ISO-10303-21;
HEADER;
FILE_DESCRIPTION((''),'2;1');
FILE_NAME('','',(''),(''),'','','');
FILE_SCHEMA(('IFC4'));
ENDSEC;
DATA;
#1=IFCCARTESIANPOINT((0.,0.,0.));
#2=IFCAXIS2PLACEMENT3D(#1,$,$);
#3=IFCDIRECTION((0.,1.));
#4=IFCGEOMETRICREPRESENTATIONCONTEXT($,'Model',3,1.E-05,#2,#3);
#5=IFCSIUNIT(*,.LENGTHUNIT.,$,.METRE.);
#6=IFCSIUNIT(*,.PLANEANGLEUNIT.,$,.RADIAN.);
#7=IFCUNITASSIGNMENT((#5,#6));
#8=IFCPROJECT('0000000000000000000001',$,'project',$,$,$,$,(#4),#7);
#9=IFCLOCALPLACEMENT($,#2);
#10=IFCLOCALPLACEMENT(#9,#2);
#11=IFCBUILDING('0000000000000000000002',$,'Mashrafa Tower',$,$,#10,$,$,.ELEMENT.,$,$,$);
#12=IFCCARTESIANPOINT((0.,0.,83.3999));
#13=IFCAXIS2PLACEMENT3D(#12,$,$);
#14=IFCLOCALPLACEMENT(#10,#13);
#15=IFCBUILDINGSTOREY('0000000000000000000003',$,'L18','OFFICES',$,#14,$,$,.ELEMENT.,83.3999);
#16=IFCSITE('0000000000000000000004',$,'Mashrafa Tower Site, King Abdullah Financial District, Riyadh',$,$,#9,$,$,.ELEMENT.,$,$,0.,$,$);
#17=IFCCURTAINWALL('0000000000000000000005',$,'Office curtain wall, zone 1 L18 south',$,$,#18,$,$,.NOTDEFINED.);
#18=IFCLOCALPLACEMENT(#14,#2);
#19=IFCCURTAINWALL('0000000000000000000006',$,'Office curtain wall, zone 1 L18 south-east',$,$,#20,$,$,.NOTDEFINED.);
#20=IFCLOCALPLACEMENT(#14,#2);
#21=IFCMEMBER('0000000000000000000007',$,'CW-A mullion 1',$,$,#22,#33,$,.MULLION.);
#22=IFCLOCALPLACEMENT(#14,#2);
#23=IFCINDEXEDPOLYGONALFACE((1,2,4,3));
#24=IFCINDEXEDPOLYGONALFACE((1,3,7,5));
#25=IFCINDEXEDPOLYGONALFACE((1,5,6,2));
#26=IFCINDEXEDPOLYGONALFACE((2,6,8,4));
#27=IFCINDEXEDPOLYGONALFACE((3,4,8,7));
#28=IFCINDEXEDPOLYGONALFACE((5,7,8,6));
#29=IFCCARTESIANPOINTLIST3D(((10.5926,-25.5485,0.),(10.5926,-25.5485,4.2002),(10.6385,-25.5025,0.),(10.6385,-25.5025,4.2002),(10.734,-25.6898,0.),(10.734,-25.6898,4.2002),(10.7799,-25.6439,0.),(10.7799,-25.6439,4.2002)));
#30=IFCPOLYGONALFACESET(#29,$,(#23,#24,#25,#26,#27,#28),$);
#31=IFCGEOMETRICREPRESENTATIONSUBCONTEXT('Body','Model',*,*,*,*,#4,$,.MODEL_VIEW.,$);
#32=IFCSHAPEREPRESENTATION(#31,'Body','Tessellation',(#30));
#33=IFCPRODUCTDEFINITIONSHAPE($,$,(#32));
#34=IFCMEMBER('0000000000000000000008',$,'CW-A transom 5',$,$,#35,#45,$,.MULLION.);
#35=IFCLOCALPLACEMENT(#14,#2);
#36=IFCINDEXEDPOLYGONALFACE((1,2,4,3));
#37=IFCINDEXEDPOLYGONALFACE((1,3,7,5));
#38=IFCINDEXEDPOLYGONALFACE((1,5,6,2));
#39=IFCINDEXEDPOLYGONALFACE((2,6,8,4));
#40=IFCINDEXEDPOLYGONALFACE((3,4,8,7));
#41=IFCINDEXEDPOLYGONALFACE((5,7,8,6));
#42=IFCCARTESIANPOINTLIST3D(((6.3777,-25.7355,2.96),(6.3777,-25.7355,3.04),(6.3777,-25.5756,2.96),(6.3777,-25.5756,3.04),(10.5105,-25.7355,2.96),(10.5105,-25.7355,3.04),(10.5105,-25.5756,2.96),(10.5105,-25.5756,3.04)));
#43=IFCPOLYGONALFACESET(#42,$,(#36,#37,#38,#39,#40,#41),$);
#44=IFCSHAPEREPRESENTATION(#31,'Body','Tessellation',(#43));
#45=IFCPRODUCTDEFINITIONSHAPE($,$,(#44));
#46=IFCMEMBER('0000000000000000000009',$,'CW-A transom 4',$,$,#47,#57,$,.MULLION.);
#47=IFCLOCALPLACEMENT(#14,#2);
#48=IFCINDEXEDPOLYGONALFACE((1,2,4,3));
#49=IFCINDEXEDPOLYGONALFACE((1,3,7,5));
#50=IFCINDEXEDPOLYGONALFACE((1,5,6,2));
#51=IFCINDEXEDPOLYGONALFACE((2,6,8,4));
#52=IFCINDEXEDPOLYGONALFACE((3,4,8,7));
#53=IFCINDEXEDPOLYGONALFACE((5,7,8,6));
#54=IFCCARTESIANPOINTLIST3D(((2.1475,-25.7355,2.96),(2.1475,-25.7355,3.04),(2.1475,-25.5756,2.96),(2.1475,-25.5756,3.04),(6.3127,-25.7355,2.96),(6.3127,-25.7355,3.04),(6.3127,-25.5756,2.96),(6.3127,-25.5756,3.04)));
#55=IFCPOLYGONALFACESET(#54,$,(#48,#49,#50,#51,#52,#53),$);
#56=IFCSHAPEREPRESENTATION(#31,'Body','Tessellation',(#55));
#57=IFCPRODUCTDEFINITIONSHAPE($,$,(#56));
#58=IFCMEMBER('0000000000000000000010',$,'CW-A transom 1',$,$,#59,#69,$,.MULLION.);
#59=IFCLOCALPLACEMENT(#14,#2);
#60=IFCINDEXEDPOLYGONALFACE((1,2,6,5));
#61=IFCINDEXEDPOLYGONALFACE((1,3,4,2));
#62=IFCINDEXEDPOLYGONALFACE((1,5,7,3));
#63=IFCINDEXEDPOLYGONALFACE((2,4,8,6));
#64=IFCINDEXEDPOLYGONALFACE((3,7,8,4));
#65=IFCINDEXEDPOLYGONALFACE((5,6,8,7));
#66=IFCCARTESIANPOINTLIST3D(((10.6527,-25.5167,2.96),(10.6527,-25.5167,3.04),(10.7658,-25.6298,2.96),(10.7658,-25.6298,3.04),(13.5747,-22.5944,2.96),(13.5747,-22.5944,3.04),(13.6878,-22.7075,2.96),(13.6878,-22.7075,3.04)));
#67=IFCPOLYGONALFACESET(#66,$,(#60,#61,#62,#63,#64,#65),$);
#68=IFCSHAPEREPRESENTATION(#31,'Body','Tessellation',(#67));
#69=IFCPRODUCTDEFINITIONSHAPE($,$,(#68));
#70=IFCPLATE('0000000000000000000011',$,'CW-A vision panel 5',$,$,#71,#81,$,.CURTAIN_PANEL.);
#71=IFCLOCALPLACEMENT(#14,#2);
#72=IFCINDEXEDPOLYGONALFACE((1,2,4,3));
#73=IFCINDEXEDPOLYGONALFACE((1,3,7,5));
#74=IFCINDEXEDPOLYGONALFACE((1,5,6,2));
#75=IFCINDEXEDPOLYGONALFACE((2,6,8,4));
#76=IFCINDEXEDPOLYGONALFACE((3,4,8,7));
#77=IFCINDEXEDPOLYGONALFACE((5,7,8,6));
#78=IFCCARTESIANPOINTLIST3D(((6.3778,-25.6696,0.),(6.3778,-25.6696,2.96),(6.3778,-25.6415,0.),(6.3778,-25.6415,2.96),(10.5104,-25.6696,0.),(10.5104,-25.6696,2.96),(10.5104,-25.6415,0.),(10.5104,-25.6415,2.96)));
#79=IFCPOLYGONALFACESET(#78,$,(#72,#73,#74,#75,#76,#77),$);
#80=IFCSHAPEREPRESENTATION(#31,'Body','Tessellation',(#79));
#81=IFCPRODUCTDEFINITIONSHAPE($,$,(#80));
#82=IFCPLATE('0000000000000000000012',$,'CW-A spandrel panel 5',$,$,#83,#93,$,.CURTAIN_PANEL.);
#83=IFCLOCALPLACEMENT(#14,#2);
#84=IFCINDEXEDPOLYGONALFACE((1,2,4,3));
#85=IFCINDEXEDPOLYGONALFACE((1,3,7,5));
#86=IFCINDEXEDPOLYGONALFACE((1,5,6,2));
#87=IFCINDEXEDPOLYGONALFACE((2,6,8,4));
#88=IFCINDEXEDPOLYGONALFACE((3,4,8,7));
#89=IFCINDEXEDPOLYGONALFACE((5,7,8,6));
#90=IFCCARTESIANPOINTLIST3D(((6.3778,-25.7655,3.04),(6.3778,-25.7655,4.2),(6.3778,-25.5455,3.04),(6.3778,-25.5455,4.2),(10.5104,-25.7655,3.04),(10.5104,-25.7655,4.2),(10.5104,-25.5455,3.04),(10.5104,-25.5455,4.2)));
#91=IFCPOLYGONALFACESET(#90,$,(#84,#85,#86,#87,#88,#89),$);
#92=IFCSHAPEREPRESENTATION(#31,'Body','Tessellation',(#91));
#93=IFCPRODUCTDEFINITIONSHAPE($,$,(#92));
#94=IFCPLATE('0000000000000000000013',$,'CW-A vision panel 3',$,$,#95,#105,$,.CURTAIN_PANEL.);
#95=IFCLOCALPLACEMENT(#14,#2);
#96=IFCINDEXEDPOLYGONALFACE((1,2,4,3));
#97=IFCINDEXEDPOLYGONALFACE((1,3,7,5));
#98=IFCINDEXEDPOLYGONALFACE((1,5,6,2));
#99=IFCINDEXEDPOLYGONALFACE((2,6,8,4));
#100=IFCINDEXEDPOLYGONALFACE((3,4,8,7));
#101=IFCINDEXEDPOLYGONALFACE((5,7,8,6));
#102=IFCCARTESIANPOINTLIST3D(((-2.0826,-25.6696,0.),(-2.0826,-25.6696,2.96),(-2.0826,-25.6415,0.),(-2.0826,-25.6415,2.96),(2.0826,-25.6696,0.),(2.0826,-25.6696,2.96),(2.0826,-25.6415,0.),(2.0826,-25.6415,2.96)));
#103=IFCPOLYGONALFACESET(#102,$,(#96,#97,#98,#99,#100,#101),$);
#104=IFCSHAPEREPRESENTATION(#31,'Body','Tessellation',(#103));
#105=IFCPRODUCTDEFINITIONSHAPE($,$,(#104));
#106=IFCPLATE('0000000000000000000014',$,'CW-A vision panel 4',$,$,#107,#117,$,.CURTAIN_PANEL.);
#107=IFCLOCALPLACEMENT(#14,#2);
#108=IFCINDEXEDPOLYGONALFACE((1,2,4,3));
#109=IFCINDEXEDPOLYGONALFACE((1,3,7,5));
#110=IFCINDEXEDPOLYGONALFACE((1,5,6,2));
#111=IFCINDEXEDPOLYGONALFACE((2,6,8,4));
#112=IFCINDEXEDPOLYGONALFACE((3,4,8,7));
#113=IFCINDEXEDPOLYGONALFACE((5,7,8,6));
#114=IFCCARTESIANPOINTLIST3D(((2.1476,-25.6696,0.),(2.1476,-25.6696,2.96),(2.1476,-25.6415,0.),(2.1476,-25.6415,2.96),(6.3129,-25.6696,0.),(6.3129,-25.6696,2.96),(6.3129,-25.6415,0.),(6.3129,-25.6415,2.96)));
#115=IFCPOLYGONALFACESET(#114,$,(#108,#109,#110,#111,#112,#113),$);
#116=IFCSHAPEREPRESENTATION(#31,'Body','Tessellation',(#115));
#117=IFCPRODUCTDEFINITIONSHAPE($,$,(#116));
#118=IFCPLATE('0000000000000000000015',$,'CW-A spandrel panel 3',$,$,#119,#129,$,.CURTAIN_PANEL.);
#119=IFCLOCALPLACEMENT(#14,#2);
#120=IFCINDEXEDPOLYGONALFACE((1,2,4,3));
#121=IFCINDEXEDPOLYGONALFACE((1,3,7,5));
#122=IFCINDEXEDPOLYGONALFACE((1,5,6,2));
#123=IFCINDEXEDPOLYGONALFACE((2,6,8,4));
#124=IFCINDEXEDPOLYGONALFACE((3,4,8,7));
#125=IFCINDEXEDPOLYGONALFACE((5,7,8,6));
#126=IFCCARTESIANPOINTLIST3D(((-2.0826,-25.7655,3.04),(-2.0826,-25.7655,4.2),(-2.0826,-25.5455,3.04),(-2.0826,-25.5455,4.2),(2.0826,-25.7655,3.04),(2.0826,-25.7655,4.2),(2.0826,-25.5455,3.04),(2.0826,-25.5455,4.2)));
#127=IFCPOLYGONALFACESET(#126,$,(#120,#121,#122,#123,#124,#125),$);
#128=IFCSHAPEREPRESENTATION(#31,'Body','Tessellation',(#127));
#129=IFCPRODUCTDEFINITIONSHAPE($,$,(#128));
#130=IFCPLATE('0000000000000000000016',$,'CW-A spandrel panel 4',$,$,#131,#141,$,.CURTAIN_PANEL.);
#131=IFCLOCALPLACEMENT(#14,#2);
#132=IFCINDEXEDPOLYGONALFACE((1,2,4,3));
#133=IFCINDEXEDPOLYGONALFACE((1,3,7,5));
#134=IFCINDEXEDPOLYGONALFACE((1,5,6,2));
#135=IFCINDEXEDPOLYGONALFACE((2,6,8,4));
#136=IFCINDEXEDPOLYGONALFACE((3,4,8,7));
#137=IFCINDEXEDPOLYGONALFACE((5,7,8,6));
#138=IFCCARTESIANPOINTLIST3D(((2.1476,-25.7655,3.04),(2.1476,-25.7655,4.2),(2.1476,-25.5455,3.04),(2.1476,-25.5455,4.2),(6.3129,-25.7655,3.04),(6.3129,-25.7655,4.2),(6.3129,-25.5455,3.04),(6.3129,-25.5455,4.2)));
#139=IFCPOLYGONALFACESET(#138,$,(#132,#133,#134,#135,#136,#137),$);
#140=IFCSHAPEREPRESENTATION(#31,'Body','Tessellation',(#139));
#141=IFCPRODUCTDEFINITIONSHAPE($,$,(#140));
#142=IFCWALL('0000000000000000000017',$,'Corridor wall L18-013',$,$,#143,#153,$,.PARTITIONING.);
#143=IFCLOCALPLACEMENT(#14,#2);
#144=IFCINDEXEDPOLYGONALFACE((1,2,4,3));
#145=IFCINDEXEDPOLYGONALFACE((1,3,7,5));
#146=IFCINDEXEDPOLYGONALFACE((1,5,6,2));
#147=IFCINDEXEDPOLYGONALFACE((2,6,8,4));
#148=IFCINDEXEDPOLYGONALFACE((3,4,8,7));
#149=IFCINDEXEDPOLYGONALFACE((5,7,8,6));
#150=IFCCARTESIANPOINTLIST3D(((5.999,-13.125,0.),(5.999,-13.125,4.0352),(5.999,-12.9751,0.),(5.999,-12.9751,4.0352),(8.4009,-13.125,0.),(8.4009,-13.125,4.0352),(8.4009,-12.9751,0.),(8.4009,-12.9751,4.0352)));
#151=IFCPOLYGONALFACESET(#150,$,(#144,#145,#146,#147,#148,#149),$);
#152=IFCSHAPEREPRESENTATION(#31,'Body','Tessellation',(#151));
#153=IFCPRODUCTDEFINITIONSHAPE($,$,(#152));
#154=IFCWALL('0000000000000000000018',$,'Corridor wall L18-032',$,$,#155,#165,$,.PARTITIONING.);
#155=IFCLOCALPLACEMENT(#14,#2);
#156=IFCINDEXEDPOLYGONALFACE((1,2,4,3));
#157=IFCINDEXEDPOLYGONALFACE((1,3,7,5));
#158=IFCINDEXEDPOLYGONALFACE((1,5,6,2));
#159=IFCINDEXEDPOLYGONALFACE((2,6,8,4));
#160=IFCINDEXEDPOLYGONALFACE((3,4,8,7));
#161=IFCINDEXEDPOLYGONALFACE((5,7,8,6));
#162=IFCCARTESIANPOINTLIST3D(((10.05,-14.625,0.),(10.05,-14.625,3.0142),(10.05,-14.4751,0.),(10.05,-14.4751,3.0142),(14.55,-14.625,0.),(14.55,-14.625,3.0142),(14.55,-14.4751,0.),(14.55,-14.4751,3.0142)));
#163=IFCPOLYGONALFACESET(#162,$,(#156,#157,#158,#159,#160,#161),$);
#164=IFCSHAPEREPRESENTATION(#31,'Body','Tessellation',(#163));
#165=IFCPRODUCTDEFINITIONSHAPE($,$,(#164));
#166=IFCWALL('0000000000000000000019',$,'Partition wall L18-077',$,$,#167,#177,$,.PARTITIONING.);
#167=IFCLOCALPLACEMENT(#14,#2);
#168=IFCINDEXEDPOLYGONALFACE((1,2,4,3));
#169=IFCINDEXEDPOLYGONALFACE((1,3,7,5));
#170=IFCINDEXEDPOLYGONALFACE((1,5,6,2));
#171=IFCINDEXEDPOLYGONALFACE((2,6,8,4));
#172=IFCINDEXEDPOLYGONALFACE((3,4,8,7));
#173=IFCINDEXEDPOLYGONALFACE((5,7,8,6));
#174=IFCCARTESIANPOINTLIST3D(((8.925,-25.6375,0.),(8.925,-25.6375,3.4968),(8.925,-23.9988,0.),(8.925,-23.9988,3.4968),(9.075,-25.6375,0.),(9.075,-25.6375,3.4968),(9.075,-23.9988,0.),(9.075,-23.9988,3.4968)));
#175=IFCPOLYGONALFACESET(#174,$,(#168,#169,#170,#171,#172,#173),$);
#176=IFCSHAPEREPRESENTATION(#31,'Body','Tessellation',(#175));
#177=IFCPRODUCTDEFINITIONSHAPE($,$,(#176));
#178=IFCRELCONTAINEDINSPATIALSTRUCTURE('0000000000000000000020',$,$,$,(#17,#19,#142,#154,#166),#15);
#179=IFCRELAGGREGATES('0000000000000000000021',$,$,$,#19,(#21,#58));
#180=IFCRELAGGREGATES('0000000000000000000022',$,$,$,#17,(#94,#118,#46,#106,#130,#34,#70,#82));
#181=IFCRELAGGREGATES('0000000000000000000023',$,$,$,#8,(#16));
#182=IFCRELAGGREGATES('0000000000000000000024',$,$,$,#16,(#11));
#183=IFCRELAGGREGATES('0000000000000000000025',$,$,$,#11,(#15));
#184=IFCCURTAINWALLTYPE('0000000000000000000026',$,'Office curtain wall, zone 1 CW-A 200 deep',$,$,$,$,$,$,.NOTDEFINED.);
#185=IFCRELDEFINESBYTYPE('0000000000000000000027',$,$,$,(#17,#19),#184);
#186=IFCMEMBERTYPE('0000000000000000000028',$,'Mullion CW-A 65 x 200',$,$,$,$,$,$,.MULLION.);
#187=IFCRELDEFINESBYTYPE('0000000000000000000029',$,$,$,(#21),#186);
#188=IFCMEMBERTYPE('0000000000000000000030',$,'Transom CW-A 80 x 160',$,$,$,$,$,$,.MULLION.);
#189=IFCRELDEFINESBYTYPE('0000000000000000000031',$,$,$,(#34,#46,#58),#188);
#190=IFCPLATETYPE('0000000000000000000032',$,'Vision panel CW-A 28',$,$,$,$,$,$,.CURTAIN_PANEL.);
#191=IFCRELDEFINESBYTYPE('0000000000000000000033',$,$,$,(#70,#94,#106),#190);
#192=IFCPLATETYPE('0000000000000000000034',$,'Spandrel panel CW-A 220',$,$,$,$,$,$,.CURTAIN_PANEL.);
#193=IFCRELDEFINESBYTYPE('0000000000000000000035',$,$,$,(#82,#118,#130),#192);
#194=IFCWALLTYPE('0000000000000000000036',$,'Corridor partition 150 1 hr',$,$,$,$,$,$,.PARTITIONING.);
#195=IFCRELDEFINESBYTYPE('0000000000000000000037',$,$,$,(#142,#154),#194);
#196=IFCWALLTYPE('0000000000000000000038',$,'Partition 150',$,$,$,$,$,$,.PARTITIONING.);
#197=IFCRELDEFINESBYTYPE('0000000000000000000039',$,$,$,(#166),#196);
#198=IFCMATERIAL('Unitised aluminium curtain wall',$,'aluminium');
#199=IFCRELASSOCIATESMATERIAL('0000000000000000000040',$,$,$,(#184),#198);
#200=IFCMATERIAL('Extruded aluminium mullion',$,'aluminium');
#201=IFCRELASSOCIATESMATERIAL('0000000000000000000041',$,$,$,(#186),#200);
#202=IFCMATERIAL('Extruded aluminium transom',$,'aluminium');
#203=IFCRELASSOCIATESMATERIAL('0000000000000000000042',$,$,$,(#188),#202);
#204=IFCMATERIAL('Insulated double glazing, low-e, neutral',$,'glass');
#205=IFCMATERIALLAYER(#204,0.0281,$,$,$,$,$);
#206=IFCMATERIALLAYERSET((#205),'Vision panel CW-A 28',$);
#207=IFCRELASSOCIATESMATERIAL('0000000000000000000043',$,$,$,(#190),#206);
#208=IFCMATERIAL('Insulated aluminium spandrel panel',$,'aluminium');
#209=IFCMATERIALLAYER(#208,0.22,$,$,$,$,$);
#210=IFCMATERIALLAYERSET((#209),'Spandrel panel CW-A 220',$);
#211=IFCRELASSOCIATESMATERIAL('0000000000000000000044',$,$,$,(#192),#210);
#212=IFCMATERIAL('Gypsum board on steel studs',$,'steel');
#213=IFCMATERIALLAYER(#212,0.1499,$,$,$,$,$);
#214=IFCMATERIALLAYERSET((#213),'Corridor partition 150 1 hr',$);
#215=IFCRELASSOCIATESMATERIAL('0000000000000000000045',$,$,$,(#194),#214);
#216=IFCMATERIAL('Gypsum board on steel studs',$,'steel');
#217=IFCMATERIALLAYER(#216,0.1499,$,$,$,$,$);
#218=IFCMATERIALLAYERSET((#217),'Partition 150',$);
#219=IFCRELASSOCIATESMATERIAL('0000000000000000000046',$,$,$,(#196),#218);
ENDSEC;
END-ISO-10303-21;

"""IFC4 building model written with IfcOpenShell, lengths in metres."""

from ifc_helpers import new_model, si_unit, direction, frame, frame_2d, origin, origin_2d, place, context, subcontext, project, spatial, rectangle, extrude, source, transform, mapped, material, layer, layer_set, material_profile, profile_set, type_object, type_shapes, element, aggregate, save


model = new_model("IFC4")

# Units and contexts
model_context = context("Model", 3, precision=1e-05, world=origin(), true_north=direction((0.0, 1.0)))
body_context = subcontext(model_context, "Body", "Model", "MODEL_VIEW")
ifc_project = project(units=[si_unit("LENGTHUNIT", "METRE"), si_unit("PLANEANGLEUNIT", "RADIAN")], contexts=[model_context])

# Site, building, storey
site_placement = place(None, origin())
site = spatial("IfcSite", under=ifc_project, at=site_placement, Name="Mashrafa Tower Site, King Abdullah Financial District, Riyadh", CompositionType="ELEMENT", RefElevation=0.0)
building_placement = place(site_placement, origin())
building = spatial("IfcBuilding", under=site, at=building_placement, Name="Mashrafa Tower", CompositionType="ELEMENT")
storey_placement = place(building_placement, frame((0.0, 0.0, 83.3999)))
storey = spatial("IfcBuildingStorey", under=building, at=storey_placement, Name="L18", Description="OFFICES", CompositionType="ELEMENT", Elevation=83.3999)

# Curtain wall
ifc_material_1 = material(Name="Unitised aluminium curtain wall", Category="aluminium")
curtain_wall_type = type_object("IfcCurtainWallType", Name="Office curtain wall, zone 1 CW-A 200 deep", PredefinedType="NOTDEFINED", material=ifc_material_1)
curtain_wall_1_placement = place(storey_placement, origin())
curtain_wall_1 = element("IfcCurtainWall", 1, at=curtain_wall_1_placement, inside=storey, type_object=curtain_wall_type, Name="Office curtain wall, zone 1 L18 south", PredefinedType="NOTDEFINED")
ifc_material_2 = material(Name="Extruded aluminium mullion", Category="aluminium")
ifc_material_profile_1 = material_profile(ifc_material_2, rectangle(XDim=0.2, YDim=0.0649, at=origin_2d()), Name="Mullion 65x200")
ifc_profile_set_1 = profile_set([ifc_material_profile_1], Name="Extruded aluminium mullion")
member_type_1 = type_object("IfcMemberType", Name="Mullion CW-A 65 x 200", PredefinedType="MULLION", material=ifc_profile_set_1)
shared_shape_1 = source(origin(), body_context, "Body", "SweptSolid", [
    extrude(rectangle(XDim=0.2, YDim=0.0649, at=origin_2d()), origin(), (0.0, 0.0, 1.0), 4.2002),
])
type_shapes(member_type_1, [shared_shape_1])

# Curtain wall, member
curtain_wall_2_placement = place(storey_placement, origin())
curtain_wall_2 = element("IfcCurtainWall", 2, at=curtain_wall_2_placement, inside=storey, type_object=curtain_wall_type, Name="Office curtain wall, zone 1 L18 south-east", PredefinedType="NOTDEFINED")
member_1_placement = place(storey_placement, frame((10.6863, -25.5962, 0.0), z_axis=(0.0, 0.0, 1.0), x_axis=(-0.707107, 0.707107, 0.0)))
member_1 = element("IfcMember", 3, at=member_1_placement, type_object=member_type_1, Name="CW-A mullion 1", PredefinedType="MULLION", context=body_context, shape_type="MappedRepresentation", body=[
    mapped(shared_shape_1, transform((0.0, 0.0, 0.0))),
])

# Members
ifc_material_3 = material(Name="Extruded aluminium transom", Category="aluminium")
ifc_material_profile_2 = material_profile(ifc_material_3, rectangle(XDim=0.1599, YDim=0.0801, at=origin_2d()), Name="Transom 80x160")
ifc_profile_set_2 = profile_set([ifc_material_profile_2], Name="Extruded aluminium transom")
member_type_2 = type_object("IfcMemberType", Name="Transom CW-A 80 x 160", PredefinedType="MULLION", material=ifc_profile_set_2)
shared_shape_2 = source(origin(), body_context, "Body", "SweptSolid", [
    extrude(rectangle(XDim=0.1599, YDim=0.0801, at=origin_2d()), origin(), (0.0, 0.0, 1.0), 4.1328),
])
member_2_placement = place(storey_placement, frame((6.3777, -25.6555, 3.0), z_axis=(1.0, 0.0, 0.0), x_axis=(0.0, 1.0, 0.0)))
member_2 = element("IfcMember", 4, at=member_2_placement, type_object=member_type_2, Name="CW-A transom 5", PredefinedType="MULLION", context=body_context, shape_type="MappedRepresentation", body=[
    mapped(shared_shape_2, transform((0.0, 0.0, 0.0))),
])
shared_shape_3 = source(origin(), body_context, "Body", "SweptSolid", [
    extrude(rectangle(XDim=0.1599, YDim=0.0801, at=origin_2d()), origin(), (0.0, 0.0, 1.0), 4.1653),
])
member_3_placement = place(storey_placement, frame((2.1475, -25.6555, 3.0), z_axis=(1.0, 0.0, 0.0), x_axis=(0.0, 1.0, 0.0)))
member_3 = element("IfcMember", 5, at=member_3_placement, type_object=member_type_2, Name="CW-A transom 4", PredefinedType="MULLION", context=body_context, shape_type="MappedRepresentation", body=[
    mapped(shared_shape_3, transform((0.0, 0.0, 0.0))),
])
shared_shape_4 = source(origin(), body_context, "Body", "SweptSolid", [
    extrude(rectangle(XDim=0.1599, YDim=0.0801, at=origin_2d()), origin(), (0.0, 0.0, 1.0), 4.1326),
])
type_shapes(member_type_2, [shared_shape_2, shared_shape_3, shared_shape_4])
member_4_placement = place(storey_placement, frame((10.7092, -25.5732, 3.0), z_axis=(0.707077, 0.707136, 0.0), x_axis=(-0.707136, 0.707077, 0.0)))
member_4 = element("IfcMember", 6, at=member_4_placement, type_object=member_type_2, Name="CW-A transom 1", PredefinedType="MULLION", context=body_context, shape_type="MappedRepresentation", body=[
    mapped(shared_shape_4, transform((0.0, 0.0, 0.0))),
])
aggregate(curtain_wall_2, [member_1, member_4])

# Plates
ifc_material_4 = material(Name="Insulated double glazing, low-e, neutral", Category="glass")
ifc_layer_1 = layer(ifc_material_4, 0.0281)
ifc_layer_set_1 = layer_set([ifc_layer_1], Name="Vision panel CW-A 28")
plate_type_1 = type_object("IfcPlateType", Name="Vision panel CW-A 28", PredefinedType="CURTAIN_PANEL", material=ifc_layer_set_1)
shared_shape_5 = source(origin(), body_context, "Body", "SweptSolid", [
    extrude(rectangle(XDim=4.1326, YDim=0.0281, at=origin_2d()), origin(), (0.0, 0.0, 1.0), 2.96),
])
plate_1_placement = place(storey_placement, frame((8.4441, -25.6555, 0.0), z_axis=(0.0, 0.0, 1.0), x_axis=(1.0, 0.0, 0.0)))
plate_1 = element("IfcPlate", 7, at=plate_1_placement, type_object=plate_type_1, Name="CW-A vision panel 5", PredefinedType="CURTAIN_PANEL", context=body_context, shape_type="MappedRepresentation", body=[
    mapped(shared_shape_5, transform((0.0, 0.0, 0.0))),
])
ifc_material_5 = material(Name="Insulated aluminium spandrel panel", Category="aluminium")
ifc_layer_2 = layer(ifc_material_5, 0.22)
ifc_layer_set_2 = layer_set([ifc_layer_2], Name="Spandrel panel CW-A 220")
plate_type_2 = type_object("IfcPlateType", Name="Spandrel panel CW-A 220", PredefinedType="CURTAIN_PANEL", material=ifc_layer_set_2)
shared_shape_6 = source(origin(), body_context, "Body", "SweptSolid", [
    extrude(rectangle(XDim=4.1326, YDim=0.22, at=origin_2d()), origin(), (0.0, 0.0, 1.0), 1.1599),
])
plate_2_placement = place(storey_placement, frame((8.4441, -25.6555, 3.04), z_axis=(0.0, 0.0, 1.0), x_axis=(1.0, 0.0, 0.0)))
plate_2 = element("IfcPlate", 8, at=plate_2_placement, type_object=plate_type_2, Name="CW-A spandrel panel 5", PredefinedType="CURTAIN_PANEL", context=body_context, shape_type="MappedRepresentation", body=[
    mapped(shared_shape_6, transform((0.0, 0.0, 0.0))),
])
shared_shape_7 = source(origin(), body_context, "Body", "SweptSolid", [
    extrude(rectangle(XDim=4.1653, YDim=0.0281, at=origin_2d()), origin(), (0.0, 0.0, 1.0), 2.96),
])
type_shapes(plate_type_1, [shared_shape_5, shared_shape_7])
plate_3_placement = place(storey_placement, frame((0.0, -25.6555, 0.0), z_axis=(0.0, 0.0, 1.0), x_axis=(1.0, 0.0, 0.0)))
plate_3 = element("IfcPlate", 9, at=plate_3_placement, type_object=plate_type_1, Name="CW-A vision panel 3", PredefinedType="CURTAIN_PANEL", context=body_context, shape_type="MappedRepresentation", body=[
    mapped(shared_shape_7, transform((0.0, 0.0, 0.0))),
])
plate_4_placement = place(storey_placement, frame((4.2302, -25.6555, 0.0), z_axis=(0.0, 0.0, 1.0), x_axis=(1.0, 0.0, 0.0)))
plate_4 = element("IfcPlate", 10, at=plate_4_placement, type_object=plate_type_1, Name="CW-A vision panel 4", PredefinedType="CURTAIN_PANEL", context=body_context, shape_type="MappedRepresentation", body=[
    mapped(shared_shape_7, transform((0.0, 0.0, 0.0))),
])
shared_shape_8 = source(origin(), body_context, "Body", "SweptSolid", [
    extrude(rectangle(XDim=4.1653, YDim=0.22, at=origin_2d()), origin(), (0.0, 0.0, 1.0), 1.1599),
])
type_shapes(plate_type_2, [shared_shape_6, shared_shape_8])
plate_5_placement = place(storey_placement, frame((0.0, -25.6555, 3.04), z_axis=(0.0, 0.0, 1.0), x_axis=(1.0, 0.0, 0.0)))
plate_5 = element("IfcPlate", 11, at=plate_5_placement, type_object=plate_type_2, Name="CW-A spandrel panel 3", PredefinedType="CURTAIN_PANEL", context=body_context, shape_type="MappedRepresentation", body=[
    mapped(shared_shape_8, transform((0.0, 0.0, 0.0))),
])
plate_6_placement = place(storey_placement, frame((4.2302, -25.6555, 3.04), z_axis=(0.0, 0.0, 1.0), x_axis=(1.0, 0.0, 0.0)))
plate_6 = element("IfcPlate", 12, at=plate_6_placement, type_object=plate_type_2, Name="CW-A spandrel panel 4", PredefinedType="CURTAIN_PANEL", context=body_context, shape_type="MappedRepresentation", body=[
    mapped(shared_shape_8, transform((0.0, 0.0, 0.0))),
])
aggregate(curtain_wall_1, [plate_3, plate_5, member_3, plate_4, plate_6, member_2, plate_1, plate_2])

# Walls
ifc_material_6 = material(Name="Gypsum board on steel studs", Category="steel")
ifc_layer_3 = layer(ifc_material_6, 0.1499)
ifc_layer_set_3 = layer_set([ifc_layer_3], Name="Corridor partition 150 1 hr")
wall_type_1 = type_object("IfcWallType", Name="Corridor partition 150 1 hr", PredefinedType="PARTITIONING", material=ifc_layer_set_3)
wall_1_placement = place(storey_placement, frame((5.999, -13.05, 0.0), z_axis=(0.0, 0.0, 1.0), x_axis=(1.0, 0.0, 0.0)))
element("IfcWall", 13, at=wall_1_placement, inside=storey, type_object=wall_type_1, Name="Corridor wall L18-013", PredefinedType="PARTITIONING", context=body_context, shape_type="SweptSolid", body=[
    extrude(rectangle(XDim=2.4019, YDim=0.1499, at=frame_2d((1.2009, 0.0))), origin(), (0.0, 0.0, 1.0), 4.0352),
])
wall_2_placement = place(storey_placement, frame((10.05, -14.55, 0.0), z_axis=(0.0, 0.0, 1.0), x_axis=(1.0, 0.0, 0.0)))
element("IfcWall", 14, at=wall_2_placement, inside=storey, type_object=wall_type_1, Name="Corridor wall L18-032", PredefinedType="PARTITIONING", context=body_context, shape_type="SweptSolid", body=[
    extrude(rectangle(XDim=4.5, YDim=0.1499, at=frame_2d((2.25, 0.0))), origin(), (0.0, 0.0, 1.0), 3.0142),
])
ifc_material_7 = material(Name="Gypsum board on steel studs", Category="steel")
ifc_layer_4 = layer(ifc_material_7, 0.1499)
ifc_layer_set_4 = layer_set([ifc_layer_4], Name="Partition 150")
wall_type_2 = type_object("IfcWallType", Name="Partition 150", PredefinedType="PARTITIONING", material=ifc_layer_set_4)
wall_3_placement = place(storey_placement, frame((9.0, -25.6375, 0.0), z_axis=(0.0, 0.0, 1.0), x_axis=(0.0, 1.0, 0.0)))
element("IfcWall", 15, at=wall_3_placement, inside=storey, type_object=wall_type_2, Name="Partition wall L18-077", PredefinedType="PARTITIONING", context=body_context, shape_type="SweptSolid", body=[
    extrude(rectangle(XDim=1.6387, YDim=0.1499, at=frame_2d((0.8193, 0.0))), origin(), (0.0, 0.0, 1.0), 3.4968),
])

save(model, "model.ifc")
